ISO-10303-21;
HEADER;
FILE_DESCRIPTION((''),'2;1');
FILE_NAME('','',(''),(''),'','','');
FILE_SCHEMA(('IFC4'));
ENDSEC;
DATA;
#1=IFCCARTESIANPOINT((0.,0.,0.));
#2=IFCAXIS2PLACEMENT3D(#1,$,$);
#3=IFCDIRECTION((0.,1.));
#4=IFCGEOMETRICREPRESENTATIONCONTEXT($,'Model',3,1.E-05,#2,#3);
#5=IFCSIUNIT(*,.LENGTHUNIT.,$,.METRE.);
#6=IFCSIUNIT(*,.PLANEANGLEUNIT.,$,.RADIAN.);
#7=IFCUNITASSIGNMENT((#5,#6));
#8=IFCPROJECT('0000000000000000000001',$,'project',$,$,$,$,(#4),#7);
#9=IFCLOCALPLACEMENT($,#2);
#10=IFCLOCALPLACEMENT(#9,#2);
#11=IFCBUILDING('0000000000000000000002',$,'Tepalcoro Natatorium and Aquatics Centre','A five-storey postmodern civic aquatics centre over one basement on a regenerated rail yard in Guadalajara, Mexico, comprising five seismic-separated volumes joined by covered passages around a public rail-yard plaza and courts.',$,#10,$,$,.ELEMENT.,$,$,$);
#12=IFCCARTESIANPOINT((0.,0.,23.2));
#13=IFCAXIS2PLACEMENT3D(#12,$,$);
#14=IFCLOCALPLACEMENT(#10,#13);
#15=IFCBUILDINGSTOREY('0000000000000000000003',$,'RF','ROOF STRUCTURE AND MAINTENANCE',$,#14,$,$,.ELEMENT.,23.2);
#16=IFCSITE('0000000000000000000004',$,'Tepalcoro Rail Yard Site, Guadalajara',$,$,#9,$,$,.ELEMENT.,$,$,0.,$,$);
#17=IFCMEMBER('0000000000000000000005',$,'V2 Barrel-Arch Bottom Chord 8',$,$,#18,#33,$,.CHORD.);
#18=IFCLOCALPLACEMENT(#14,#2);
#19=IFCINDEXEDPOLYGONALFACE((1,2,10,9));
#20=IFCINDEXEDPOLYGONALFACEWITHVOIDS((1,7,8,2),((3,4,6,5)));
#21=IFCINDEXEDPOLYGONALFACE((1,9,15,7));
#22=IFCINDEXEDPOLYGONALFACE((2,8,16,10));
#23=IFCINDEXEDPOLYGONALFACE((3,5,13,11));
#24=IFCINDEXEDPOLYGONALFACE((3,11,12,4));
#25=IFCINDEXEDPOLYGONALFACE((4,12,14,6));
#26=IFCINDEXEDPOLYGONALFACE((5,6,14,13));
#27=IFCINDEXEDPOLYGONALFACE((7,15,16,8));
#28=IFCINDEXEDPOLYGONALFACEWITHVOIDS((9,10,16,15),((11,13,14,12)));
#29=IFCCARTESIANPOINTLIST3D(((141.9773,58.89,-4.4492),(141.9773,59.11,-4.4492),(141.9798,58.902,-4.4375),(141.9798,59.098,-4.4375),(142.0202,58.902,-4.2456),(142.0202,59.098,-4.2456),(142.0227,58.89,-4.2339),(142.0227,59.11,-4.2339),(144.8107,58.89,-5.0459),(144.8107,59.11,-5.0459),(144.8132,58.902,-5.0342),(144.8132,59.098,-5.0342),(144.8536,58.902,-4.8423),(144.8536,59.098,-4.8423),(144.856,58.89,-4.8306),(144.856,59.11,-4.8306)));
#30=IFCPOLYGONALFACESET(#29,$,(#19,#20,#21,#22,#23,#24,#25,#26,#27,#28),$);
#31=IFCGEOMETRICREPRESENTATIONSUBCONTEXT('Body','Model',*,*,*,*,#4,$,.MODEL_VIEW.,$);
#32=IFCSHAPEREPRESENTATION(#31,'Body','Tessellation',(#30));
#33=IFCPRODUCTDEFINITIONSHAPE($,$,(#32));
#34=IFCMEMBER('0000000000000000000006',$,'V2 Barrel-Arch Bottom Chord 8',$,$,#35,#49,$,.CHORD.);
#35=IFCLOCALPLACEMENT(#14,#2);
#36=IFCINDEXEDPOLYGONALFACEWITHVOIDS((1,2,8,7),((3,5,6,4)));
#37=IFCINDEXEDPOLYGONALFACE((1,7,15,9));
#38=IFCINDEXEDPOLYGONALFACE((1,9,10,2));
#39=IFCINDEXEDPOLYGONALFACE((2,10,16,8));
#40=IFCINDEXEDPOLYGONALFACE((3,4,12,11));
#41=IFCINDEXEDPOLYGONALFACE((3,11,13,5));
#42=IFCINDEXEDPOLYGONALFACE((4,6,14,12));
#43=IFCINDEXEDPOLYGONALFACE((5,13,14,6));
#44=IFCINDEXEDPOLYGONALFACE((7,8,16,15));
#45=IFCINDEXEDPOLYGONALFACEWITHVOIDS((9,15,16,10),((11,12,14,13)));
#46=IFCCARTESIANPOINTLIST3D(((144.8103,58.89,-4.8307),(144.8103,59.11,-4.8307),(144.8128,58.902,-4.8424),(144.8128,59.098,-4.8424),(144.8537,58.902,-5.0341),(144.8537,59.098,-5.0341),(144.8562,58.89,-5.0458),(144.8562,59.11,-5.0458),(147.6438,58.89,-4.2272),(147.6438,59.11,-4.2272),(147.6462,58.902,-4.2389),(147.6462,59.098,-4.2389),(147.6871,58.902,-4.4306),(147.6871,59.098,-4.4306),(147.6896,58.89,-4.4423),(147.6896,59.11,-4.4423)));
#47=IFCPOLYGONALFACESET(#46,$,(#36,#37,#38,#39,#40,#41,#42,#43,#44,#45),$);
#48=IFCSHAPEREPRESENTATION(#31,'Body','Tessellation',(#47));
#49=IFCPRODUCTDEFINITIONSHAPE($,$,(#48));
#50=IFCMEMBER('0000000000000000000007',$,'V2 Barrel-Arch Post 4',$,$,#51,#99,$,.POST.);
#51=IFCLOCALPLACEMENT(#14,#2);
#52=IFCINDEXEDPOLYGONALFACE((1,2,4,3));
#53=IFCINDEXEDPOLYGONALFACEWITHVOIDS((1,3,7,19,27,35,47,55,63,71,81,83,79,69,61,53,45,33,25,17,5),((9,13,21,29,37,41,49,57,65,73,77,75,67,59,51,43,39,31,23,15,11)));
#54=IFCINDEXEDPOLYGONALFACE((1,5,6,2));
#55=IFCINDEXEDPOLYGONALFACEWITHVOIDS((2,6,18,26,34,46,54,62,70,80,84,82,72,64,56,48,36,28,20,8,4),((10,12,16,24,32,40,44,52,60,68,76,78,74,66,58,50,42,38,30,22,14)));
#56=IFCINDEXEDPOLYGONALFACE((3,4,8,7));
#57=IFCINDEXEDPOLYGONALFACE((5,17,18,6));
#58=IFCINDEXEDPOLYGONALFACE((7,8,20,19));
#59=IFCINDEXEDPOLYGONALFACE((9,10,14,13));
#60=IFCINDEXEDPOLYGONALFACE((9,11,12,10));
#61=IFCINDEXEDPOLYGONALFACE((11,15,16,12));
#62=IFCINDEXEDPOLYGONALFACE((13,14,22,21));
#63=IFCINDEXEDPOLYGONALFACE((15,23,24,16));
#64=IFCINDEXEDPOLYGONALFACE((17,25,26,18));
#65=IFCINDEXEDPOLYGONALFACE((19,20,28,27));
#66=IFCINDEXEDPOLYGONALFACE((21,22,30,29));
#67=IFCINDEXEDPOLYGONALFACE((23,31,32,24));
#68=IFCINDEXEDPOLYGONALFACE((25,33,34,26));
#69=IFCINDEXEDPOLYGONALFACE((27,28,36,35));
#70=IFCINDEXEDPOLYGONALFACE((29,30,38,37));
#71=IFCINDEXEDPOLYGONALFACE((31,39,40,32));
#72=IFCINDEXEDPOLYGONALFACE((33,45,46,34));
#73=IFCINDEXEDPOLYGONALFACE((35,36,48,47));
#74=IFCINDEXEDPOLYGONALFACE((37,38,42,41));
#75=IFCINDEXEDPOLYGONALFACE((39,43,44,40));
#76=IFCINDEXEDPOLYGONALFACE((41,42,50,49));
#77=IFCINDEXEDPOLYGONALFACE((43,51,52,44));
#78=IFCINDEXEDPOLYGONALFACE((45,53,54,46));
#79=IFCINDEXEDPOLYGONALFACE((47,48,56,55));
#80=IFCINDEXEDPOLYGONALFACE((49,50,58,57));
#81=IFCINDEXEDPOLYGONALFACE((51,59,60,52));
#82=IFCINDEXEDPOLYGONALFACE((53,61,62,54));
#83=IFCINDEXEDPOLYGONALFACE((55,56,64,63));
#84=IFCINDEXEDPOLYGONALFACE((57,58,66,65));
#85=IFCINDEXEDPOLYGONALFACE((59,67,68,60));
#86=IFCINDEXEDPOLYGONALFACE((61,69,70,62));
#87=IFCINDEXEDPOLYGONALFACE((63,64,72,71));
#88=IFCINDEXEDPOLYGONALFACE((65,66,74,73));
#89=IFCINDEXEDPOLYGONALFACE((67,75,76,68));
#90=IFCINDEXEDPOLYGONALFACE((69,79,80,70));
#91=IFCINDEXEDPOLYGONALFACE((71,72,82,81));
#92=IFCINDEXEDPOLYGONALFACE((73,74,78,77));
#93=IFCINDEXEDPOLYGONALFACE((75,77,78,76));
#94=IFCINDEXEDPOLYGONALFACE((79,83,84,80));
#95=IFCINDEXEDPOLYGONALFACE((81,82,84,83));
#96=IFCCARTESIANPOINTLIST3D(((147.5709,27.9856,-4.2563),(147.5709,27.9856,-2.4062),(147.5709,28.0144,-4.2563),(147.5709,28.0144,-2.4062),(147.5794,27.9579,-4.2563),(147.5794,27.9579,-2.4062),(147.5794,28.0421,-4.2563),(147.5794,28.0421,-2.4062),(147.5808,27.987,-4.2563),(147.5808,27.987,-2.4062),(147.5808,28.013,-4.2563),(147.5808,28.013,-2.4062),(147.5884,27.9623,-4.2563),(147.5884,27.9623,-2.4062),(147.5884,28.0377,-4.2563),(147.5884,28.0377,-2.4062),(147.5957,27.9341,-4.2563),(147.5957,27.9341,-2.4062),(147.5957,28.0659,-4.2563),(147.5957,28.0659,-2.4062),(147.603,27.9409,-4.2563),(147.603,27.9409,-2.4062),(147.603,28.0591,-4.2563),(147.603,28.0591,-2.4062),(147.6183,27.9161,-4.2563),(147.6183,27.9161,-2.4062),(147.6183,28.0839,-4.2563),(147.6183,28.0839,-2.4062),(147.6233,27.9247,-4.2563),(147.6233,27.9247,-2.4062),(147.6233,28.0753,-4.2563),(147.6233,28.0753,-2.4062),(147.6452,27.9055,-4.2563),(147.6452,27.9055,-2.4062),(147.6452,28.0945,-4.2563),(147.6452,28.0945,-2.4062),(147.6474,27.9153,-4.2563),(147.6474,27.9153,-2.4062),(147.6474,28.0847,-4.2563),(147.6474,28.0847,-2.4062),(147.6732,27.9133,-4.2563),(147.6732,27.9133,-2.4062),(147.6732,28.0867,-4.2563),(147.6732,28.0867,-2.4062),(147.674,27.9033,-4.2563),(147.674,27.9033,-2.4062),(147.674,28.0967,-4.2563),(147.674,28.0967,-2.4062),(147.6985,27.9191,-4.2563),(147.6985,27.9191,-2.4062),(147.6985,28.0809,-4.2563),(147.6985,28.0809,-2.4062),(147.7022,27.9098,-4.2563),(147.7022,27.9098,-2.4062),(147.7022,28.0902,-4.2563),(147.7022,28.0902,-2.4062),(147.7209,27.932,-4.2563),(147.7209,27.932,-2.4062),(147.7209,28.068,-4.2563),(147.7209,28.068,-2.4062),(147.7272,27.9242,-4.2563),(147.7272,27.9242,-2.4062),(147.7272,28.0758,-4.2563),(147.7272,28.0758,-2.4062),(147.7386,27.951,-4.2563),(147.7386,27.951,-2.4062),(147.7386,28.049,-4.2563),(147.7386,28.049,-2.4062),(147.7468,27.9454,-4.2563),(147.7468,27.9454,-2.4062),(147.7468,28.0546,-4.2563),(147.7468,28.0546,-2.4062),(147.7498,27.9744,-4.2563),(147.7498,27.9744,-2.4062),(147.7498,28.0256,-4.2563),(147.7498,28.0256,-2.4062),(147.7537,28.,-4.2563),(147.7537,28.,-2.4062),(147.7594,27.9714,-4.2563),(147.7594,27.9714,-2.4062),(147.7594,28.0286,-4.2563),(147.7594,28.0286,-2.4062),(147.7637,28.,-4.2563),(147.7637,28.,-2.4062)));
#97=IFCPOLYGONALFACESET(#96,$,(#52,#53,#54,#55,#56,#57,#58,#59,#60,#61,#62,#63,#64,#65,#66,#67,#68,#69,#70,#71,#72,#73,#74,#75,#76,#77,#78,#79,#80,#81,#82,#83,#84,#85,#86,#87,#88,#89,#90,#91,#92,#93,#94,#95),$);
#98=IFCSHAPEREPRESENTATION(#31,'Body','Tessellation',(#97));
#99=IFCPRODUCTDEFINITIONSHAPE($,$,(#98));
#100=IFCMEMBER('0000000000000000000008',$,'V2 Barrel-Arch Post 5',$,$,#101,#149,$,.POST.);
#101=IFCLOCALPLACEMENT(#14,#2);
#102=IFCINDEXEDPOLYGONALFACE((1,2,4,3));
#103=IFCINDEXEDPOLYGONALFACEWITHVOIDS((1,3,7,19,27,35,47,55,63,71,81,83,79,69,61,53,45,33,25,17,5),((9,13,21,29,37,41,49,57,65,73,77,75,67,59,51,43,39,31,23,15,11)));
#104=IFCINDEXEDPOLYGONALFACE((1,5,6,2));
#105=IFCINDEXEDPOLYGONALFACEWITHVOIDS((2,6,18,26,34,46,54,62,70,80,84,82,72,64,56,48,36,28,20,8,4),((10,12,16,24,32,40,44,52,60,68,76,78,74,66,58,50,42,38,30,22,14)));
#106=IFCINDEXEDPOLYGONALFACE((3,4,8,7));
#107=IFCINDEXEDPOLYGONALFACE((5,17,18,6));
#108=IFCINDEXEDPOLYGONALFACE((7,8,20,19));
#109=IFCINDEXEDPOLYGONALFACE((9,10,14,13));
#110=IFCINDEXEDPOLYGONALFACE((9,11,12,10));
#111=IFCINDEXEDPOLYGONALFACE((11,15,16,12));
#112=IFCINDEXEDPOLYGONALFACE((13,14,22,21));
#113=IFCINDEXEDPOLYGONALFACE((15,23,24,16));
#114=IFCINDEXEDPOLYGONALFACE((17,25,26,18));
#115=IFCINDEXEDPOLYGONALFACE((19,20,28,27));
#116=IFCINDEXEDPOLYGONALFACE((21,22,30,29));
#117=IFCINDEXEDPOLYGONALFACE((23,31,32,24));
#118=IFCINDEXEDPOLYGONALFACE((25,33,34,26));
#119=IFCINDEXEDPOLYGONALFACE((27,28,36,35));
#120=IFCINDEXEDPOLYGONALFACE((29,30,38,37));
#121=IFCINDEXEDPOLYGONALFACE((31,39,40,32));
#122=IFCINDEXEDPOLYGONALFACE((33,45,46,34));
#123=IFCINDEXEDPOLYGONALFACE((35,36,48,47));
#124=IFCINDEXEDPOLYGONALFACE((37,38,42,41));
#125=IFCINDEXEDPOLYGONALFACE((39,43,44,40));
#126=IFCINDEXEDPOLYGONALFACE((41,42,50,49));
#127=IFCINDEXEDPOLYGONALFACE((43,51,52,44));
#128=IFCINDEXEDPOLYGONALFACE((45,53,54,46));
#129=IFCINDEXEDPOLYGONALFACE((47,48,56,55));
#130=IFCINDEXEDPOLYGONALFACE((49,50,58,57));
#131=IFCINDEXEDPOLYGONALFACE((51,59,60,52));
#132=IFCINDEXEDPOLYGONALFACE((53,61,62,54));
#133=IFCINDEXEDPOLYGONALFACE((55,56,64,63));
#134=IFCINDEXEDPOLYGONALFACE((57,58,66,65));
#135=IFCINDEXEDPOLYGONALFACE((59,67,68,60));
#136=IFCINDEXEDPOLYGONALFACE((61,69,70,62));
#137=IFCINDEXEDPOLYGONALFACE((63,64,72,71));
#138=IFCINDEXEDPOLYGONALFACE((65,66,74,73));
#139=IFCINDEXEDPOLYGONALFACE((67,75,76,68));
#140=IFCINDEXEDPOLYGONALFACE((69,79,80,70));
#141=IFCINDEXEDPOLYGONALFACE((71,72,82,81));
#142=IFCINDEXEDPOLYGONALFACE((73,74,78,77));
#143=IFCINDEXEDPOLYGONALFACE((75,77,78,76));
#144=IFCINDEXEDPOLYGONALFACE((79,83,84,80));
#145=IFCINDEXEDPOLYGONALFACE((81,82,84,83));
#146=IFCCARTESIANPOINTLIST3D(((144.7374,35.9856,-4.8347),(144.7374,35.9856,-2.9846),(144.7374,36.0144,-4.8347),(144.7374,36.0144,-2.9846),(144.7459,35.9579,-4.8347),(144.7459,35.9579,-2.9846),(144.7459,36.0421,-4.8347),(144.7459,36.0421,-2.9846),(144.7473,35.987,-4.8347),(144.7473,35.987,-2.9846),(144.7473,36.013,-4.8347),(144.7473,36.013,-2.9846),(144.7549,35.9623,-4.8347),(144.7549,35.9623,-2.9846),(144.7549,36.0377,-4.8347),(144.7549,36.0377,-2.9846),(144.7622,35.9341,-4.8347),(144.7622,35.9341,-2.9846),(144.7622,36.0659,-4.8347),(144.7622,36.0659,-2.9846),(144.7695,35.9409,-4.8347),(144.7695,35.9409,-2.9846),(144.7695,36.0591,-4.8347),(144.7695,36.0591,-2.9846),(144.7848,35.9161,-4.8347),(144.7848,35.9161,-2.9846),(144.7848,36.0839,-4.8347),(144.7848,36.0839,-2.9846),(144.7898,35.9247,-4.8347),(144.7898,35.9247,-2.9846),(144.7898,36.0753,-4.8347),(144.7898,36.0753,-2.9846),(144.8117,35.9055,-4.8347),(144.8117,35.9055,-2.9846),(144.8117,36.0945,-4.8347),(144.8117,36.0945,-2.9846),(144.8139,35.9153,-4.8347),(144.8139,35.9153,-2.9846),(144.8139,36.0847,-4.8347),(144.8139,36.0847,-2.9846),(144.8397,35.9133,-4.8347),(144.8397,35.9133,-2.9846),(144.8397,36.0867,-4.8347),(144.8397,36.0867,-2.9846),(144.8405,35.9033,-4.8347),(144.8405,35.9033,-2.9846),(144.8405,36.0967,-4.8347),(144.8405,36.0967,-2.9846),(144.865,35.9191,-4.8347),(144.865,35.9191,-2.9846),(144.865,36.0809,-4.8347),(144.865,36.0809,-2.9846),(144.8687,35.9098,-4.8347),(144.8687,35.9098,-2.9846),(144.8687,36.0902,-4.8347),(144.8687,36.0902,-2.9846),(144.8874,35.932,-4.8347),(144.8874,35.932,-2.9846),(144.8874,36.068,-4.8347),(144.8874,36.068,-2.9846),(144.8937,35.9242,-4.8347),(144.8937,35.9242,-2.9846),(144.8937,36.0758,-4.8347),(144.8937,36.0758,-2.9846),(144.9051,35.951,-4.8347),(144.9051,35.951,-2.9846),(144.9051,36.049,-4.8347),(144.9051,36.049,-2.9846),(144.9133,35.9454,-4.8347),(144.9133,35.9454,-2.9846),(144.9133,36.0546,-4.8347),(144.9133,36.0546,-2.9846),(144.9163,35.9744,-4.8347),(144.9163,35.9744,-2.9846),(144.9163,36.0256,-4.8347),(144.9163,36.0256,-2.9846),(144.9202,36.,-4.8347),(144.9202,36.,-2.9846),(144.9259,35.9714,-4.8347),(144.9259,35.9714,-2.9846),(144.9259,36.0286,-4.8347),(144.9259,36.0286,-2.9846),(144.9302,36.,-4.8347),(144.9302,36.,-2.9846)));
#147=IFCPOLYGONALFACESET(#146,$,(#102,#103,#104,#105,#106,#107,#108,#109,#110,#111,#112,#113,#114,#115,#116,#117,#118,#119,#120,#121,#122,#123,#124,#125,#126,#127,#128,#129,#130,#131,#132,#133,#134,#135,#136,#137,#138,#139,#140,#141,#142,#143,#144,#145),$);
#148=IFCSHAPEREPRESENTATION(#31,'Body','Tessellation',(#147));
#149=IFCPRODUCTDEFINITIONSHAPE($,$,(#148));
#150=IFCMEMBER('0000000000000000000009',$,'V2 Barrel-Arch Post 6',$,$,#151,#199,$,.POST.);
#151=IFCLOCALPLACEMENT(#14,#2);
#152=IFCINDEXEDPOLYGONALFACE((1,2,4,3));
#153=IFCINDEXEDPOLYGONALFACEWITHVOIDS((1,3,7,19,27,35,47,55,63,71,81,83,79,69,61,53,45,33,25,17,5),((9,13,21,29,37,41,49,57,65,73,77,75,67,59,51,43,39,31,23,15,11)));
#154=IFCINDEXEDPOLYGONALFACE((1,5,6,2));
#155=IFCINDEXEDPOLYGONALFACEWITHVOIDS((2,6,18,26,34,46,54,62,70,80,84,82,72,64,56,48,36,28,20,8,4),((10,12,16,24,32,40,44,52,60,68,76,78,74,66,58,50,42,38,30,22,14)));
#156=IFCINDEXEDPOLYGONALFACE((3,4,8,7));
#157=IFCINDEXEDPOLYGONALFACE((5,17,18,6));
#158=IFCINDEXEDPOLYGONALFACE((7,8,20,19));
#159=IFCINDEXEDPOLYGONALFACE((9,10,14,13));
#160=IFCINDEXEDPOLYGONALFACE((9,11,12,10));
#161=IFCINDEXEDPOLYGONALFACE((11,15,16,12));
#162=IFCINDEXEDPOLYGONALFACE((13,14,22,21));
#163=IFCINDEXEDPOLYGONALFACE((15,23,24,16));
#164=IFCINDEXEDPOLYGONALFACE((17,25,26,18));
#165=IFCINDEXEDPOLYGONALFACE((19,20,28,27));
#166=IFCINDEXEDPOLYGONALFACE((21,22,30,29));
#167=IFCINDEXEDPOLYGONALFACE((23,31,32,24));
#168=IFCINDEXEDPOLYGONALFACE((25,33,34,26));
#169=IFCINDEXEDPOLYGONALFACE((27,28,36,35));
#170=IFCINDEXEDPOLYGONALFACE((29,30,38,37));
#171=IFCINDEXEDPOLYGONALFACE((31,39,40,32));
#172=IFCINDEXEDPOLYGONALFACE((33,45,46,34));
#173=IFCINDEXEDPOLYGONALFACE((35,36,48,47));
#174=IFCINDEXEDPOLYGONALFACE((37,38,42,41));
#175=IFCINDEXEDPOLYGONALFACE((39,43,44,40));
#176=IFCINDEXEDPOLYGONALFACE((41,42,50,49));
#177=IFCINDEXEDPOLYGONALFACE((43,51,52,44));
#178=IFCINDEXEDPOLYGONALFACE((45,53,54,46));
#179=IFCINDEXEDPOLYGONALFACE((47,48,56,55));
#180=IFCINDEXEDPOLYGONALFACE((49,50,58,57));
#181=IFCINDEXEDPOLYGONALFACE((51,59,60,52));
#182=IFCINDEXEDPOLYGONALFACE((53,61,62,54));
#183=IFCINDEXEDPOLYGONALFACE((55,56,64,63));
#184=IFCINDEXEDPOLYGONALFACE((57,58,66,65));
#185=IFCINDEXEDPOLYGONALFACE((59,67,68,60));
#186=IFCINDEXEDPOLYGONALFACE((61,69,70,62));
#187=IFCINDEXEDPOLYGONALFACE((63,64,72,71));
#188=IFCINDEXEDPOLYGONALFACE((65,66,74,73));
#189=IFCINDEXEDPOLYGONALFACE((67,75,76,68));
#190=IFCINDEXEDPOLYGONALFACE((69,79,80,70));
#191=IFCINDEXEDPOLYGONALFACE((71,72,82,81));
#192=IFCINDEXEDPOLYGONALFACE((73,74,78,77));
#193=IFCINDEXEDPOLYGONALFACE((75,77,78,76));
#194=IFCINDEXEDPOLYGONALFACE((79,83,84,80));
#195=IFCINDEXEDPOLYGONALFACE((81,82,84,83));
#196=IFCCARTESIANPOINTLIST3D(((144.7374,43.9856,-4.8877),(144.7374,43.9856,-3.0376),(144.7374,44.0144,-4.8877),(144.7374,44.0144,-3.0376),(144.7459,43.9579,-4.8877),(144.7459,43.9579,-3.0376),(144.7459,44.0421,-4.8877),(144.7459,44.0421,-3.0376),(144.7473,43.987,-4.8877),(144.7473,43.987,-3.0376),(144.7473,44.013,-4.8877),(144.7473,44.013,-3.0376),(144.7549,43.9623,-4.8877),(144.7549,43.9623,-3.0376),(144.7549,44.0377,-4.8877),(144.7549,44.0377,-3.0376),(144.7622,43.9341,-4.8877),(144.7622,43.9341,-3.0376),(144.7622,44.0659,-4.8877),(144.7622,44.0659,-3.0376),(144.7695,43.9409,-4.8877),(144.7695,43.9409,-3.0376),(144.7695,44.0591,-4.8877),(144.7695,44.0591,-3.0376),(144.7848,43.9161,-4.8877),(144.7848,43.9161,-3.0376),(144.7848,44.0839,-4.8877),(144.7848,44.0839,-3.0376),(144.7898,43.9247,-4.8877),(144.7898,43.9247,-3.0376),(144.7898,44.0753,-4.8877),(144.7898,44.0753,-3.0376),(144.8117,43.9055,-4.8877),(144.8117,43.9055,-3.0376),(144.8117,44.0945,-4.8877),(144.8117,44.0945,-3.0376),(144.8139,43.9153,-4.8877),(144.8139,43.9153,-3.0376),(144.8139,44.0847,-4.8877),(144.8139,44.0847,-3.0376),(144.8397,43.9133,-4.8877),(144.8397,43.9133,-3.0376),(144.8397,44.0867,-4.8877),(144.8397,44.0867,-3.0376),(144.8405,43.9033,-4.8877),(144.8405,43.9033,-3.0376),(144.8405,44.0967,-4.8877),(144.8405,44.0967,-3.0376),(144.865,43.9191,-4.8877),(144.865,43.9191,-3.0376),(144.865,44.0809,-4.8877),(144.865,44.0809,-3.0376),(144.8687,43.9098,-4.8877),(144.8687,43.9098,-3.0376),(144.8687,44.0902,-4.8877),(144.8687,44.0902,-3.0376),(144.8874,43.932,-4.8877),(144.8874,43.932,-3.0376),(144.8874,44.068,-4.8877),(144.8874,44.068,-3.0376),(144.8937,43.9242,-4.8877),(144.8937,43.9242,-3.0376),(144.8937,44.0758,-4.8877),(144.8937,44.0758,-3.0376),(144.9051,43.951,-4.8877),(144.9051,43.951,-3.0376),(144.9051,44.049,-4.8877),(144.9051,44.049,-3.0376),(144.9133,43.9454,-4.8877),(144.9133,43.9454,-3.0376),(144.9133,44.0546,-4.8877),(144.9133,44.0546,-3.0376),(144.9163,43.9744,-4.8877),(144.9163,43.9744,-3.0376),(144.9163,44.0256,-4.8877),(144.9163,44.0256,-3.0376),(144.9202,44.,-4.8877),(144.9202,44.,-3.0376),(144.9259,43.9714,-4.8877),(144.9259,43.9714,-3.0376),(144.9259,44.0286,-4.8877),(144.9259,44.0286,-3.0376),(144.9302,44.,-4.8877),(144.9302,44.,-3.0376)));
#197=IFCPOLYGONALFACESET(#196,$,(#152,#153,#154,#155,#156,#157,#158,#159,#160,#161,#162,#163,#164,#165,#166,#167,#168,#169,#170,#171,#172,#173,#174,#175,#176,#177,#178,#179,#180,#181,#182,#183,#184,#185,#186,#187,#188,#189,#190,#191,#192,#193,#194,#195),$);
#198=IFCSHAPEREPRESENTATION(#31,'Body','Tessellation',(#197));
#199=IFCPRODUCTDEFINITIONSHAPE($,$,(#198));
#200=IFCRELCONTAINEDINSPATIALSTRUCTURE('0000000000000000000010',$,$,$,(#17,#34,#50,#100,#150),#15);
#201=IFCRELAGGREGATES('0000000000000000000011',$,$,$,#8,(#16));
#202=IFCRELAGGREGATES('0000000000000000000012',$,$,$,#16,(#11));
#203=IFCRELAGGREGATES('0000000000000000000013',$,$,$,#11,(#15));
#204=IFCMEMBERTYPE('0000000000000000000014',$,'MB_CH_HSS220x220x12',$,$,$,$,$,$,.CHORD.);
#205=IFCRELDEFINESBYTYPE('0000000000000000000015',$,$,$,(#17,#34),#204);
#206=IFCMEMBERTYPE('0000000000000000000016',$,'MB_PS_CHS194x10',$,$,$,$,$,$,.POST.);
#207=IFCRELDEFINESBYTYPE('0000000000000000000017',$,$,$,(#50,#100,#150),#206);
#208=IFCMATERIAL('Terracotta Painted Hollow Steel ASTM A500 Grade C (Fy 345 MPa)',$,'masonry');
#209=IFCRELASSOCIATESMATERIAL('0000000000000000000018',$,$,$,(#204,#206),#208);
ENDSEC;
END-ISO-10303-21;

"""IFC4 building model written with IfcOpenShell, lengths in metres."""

from ifc_helpers import new_model, si_unit, direction, frame, origin, origin_2d, place, context, subcontext, project, spatial, hollow_rectangle, hollow_circle, extrude, material, material_profile, profile_set, type_object, element, save


model = new_model("IFC4")

# Units and contexts
model_context = context("Model", 3, precision=1e-05, world=origin(), true_north=direction((0.0, 1.0)))
body_context = subcontext(model_context, "Body", "Model", "MODEL_VIEW")
ifc_project = project(units=[si_unit("LENGTHUNIT", "METRE"), si_unit("PLANEANGLEUNIT", "RADIAN")], contexts=[model_context])

# Site, building, storey
site_placement = place(None, origin())
site = spatial("IfcSite", under=ifc_project, at=site_placement, Name="Tepalcoro Rail Yard Site, Guadalajara", CompositionType="ELEMENT", RefElevation=0.0)
building_placement = place(site_placement, origin())
building = spatial("IfcBuilding", under=site, at=building_placement, Name="Tepalcoro Natatorium and Aquatics Centre", Description="A five-storey postmodern civic aquatics centre over one basement on a regenerated rail yard in Guadalajara, Mexico, comprising five seismic-separated volumes joined by covered passages around a public rail-yard plaza and courts.", CompositionType="ELEMENT")
storey_placement = place(building_placement, frame((0.0, 0.0, 23.2)))
storey = spatial("IfcBuildingStorey", under=building, at=storey_placement, Name="RF", Description="ROOF STRUCTURE AND MAINTENANCE", CompositionType="ELEMENT", Elevation=23.2)

# Shared definitions
ifc_material_1 = material(Name="Terracotta Painted Hollow Steel ASTM A500 Grade C (Fy 345 MPa)", Category="masonry")

# Members
ifc_material_profile_1 = material_profile(ifc_material_1, hollow_rectangle(XDim=0.22, YDim=0.22, WallThickness=0.012, at=origin_2d()), Name="HSS220X220X12")
ifc_profile_set_1 = profile_set([ifc_material_profile_1], Name="Terracotta Painted Hollow Steel ASTM A500 Grade C (Fy 345 MPa)")
member_type_1 = type_object("IfcMemberType", Name="MB_CH_HSS220x220x12", PredefinedType="CHORD", material=ifc_profile_set_1)
member_1_placement = place(storey_placement, frame((142.0, 59.0, -4.3416), z_axis=(0.978535, 0.0, -0.206078), x_axis=(0.0, 1.0, 0.0)))
element("IfcMember", 1, at=member_1_placement, inside=storey, type_object=member_type_1, Name="V2 Barrel-Arch Bottom Chord 8", PredefinedType="CHORD", context=body_context, shape_type="SweptSolid", body=[
    extrude(hollow_rectangle(XDim=0.22, YDim=0.22, WallThickness=0.012, at=origin_2d()), origin(), (0.0, 0.0, 1.0), 2.8955),
])
member_2_placement = place(storey_placement, frame((144.8333, 59.0, -4.9382), z_axis=(0.978061, 0.0, 0.20832), x_axis=(0.0, 1.0, 0.0)))
element("IfcMember", 2, at=member_2_placement, inside=storey, type_object=member_type_1, Name="V2 Barrel-Arch Bottom Chord 8", PredefinedType="CHORD", context=body_context, shape_type="SweptSolid", body=[
    extrude(hollow_rectangle(XDim=0.22, YDim=0.22, WallThickness=0.012, at=origin_2d()), origin(), (0.0, 0.0, 1.0), 2.897),
])
ifc_material_profile_2 = material_profile(ifc_material_1, hollow_circle(Radius=0.0969, WallThickness=0.01, at=origin_2d()), Name="CHS194X10")
ifc_profile_set_2 = profile_set([ifc_material_profile_2], Name="Terracotta Painted Hollow Steel ASTM A500 Grade C (Fy 345 MPa)")
member_type_2 = type_object("IfcMemberType", Name="MB_PS_CHS194x10", PredefinedType="POST", material=ifc_profile_set_2)
for number, where, z_axis, x_axis, name in (
    (3, (147.6667, 28.0, -4.2563), (0.0, 0.0, 1.0), (1.0, 0.0, 0.0), "V2 Barrel-Arch Post 4"),
    (4, (144.8333, 36.0, -4.8347), (0.0, 0.0, 1.0), (1.0, 0.0, 0.0), "V2 Barrel-Arch Post 5"),
    (5, (144.8333, 44.0, -4.8877), (0.0, 0.0, 1.0), (1.0, 0.0, 0.0), "V2 Barrel-Arch Post 6"),
):
    element("IfcMember", number, at=place(storey_placement, frame(where, z_axis=z_axis, x_axis=x_axis)), inside=storey, type_object=member_type_2, Name=name, PredefinedType="POST", context=body_context, shape_type="SweptSolid", body=[
        extrude(hollow_circle(Radius=0.0969, WallThickness=0.01, at=origin_2d()), origin(), (0.0, 0.0, 1.0), 1.8501),
    ])

save(model, "model.ifc")
